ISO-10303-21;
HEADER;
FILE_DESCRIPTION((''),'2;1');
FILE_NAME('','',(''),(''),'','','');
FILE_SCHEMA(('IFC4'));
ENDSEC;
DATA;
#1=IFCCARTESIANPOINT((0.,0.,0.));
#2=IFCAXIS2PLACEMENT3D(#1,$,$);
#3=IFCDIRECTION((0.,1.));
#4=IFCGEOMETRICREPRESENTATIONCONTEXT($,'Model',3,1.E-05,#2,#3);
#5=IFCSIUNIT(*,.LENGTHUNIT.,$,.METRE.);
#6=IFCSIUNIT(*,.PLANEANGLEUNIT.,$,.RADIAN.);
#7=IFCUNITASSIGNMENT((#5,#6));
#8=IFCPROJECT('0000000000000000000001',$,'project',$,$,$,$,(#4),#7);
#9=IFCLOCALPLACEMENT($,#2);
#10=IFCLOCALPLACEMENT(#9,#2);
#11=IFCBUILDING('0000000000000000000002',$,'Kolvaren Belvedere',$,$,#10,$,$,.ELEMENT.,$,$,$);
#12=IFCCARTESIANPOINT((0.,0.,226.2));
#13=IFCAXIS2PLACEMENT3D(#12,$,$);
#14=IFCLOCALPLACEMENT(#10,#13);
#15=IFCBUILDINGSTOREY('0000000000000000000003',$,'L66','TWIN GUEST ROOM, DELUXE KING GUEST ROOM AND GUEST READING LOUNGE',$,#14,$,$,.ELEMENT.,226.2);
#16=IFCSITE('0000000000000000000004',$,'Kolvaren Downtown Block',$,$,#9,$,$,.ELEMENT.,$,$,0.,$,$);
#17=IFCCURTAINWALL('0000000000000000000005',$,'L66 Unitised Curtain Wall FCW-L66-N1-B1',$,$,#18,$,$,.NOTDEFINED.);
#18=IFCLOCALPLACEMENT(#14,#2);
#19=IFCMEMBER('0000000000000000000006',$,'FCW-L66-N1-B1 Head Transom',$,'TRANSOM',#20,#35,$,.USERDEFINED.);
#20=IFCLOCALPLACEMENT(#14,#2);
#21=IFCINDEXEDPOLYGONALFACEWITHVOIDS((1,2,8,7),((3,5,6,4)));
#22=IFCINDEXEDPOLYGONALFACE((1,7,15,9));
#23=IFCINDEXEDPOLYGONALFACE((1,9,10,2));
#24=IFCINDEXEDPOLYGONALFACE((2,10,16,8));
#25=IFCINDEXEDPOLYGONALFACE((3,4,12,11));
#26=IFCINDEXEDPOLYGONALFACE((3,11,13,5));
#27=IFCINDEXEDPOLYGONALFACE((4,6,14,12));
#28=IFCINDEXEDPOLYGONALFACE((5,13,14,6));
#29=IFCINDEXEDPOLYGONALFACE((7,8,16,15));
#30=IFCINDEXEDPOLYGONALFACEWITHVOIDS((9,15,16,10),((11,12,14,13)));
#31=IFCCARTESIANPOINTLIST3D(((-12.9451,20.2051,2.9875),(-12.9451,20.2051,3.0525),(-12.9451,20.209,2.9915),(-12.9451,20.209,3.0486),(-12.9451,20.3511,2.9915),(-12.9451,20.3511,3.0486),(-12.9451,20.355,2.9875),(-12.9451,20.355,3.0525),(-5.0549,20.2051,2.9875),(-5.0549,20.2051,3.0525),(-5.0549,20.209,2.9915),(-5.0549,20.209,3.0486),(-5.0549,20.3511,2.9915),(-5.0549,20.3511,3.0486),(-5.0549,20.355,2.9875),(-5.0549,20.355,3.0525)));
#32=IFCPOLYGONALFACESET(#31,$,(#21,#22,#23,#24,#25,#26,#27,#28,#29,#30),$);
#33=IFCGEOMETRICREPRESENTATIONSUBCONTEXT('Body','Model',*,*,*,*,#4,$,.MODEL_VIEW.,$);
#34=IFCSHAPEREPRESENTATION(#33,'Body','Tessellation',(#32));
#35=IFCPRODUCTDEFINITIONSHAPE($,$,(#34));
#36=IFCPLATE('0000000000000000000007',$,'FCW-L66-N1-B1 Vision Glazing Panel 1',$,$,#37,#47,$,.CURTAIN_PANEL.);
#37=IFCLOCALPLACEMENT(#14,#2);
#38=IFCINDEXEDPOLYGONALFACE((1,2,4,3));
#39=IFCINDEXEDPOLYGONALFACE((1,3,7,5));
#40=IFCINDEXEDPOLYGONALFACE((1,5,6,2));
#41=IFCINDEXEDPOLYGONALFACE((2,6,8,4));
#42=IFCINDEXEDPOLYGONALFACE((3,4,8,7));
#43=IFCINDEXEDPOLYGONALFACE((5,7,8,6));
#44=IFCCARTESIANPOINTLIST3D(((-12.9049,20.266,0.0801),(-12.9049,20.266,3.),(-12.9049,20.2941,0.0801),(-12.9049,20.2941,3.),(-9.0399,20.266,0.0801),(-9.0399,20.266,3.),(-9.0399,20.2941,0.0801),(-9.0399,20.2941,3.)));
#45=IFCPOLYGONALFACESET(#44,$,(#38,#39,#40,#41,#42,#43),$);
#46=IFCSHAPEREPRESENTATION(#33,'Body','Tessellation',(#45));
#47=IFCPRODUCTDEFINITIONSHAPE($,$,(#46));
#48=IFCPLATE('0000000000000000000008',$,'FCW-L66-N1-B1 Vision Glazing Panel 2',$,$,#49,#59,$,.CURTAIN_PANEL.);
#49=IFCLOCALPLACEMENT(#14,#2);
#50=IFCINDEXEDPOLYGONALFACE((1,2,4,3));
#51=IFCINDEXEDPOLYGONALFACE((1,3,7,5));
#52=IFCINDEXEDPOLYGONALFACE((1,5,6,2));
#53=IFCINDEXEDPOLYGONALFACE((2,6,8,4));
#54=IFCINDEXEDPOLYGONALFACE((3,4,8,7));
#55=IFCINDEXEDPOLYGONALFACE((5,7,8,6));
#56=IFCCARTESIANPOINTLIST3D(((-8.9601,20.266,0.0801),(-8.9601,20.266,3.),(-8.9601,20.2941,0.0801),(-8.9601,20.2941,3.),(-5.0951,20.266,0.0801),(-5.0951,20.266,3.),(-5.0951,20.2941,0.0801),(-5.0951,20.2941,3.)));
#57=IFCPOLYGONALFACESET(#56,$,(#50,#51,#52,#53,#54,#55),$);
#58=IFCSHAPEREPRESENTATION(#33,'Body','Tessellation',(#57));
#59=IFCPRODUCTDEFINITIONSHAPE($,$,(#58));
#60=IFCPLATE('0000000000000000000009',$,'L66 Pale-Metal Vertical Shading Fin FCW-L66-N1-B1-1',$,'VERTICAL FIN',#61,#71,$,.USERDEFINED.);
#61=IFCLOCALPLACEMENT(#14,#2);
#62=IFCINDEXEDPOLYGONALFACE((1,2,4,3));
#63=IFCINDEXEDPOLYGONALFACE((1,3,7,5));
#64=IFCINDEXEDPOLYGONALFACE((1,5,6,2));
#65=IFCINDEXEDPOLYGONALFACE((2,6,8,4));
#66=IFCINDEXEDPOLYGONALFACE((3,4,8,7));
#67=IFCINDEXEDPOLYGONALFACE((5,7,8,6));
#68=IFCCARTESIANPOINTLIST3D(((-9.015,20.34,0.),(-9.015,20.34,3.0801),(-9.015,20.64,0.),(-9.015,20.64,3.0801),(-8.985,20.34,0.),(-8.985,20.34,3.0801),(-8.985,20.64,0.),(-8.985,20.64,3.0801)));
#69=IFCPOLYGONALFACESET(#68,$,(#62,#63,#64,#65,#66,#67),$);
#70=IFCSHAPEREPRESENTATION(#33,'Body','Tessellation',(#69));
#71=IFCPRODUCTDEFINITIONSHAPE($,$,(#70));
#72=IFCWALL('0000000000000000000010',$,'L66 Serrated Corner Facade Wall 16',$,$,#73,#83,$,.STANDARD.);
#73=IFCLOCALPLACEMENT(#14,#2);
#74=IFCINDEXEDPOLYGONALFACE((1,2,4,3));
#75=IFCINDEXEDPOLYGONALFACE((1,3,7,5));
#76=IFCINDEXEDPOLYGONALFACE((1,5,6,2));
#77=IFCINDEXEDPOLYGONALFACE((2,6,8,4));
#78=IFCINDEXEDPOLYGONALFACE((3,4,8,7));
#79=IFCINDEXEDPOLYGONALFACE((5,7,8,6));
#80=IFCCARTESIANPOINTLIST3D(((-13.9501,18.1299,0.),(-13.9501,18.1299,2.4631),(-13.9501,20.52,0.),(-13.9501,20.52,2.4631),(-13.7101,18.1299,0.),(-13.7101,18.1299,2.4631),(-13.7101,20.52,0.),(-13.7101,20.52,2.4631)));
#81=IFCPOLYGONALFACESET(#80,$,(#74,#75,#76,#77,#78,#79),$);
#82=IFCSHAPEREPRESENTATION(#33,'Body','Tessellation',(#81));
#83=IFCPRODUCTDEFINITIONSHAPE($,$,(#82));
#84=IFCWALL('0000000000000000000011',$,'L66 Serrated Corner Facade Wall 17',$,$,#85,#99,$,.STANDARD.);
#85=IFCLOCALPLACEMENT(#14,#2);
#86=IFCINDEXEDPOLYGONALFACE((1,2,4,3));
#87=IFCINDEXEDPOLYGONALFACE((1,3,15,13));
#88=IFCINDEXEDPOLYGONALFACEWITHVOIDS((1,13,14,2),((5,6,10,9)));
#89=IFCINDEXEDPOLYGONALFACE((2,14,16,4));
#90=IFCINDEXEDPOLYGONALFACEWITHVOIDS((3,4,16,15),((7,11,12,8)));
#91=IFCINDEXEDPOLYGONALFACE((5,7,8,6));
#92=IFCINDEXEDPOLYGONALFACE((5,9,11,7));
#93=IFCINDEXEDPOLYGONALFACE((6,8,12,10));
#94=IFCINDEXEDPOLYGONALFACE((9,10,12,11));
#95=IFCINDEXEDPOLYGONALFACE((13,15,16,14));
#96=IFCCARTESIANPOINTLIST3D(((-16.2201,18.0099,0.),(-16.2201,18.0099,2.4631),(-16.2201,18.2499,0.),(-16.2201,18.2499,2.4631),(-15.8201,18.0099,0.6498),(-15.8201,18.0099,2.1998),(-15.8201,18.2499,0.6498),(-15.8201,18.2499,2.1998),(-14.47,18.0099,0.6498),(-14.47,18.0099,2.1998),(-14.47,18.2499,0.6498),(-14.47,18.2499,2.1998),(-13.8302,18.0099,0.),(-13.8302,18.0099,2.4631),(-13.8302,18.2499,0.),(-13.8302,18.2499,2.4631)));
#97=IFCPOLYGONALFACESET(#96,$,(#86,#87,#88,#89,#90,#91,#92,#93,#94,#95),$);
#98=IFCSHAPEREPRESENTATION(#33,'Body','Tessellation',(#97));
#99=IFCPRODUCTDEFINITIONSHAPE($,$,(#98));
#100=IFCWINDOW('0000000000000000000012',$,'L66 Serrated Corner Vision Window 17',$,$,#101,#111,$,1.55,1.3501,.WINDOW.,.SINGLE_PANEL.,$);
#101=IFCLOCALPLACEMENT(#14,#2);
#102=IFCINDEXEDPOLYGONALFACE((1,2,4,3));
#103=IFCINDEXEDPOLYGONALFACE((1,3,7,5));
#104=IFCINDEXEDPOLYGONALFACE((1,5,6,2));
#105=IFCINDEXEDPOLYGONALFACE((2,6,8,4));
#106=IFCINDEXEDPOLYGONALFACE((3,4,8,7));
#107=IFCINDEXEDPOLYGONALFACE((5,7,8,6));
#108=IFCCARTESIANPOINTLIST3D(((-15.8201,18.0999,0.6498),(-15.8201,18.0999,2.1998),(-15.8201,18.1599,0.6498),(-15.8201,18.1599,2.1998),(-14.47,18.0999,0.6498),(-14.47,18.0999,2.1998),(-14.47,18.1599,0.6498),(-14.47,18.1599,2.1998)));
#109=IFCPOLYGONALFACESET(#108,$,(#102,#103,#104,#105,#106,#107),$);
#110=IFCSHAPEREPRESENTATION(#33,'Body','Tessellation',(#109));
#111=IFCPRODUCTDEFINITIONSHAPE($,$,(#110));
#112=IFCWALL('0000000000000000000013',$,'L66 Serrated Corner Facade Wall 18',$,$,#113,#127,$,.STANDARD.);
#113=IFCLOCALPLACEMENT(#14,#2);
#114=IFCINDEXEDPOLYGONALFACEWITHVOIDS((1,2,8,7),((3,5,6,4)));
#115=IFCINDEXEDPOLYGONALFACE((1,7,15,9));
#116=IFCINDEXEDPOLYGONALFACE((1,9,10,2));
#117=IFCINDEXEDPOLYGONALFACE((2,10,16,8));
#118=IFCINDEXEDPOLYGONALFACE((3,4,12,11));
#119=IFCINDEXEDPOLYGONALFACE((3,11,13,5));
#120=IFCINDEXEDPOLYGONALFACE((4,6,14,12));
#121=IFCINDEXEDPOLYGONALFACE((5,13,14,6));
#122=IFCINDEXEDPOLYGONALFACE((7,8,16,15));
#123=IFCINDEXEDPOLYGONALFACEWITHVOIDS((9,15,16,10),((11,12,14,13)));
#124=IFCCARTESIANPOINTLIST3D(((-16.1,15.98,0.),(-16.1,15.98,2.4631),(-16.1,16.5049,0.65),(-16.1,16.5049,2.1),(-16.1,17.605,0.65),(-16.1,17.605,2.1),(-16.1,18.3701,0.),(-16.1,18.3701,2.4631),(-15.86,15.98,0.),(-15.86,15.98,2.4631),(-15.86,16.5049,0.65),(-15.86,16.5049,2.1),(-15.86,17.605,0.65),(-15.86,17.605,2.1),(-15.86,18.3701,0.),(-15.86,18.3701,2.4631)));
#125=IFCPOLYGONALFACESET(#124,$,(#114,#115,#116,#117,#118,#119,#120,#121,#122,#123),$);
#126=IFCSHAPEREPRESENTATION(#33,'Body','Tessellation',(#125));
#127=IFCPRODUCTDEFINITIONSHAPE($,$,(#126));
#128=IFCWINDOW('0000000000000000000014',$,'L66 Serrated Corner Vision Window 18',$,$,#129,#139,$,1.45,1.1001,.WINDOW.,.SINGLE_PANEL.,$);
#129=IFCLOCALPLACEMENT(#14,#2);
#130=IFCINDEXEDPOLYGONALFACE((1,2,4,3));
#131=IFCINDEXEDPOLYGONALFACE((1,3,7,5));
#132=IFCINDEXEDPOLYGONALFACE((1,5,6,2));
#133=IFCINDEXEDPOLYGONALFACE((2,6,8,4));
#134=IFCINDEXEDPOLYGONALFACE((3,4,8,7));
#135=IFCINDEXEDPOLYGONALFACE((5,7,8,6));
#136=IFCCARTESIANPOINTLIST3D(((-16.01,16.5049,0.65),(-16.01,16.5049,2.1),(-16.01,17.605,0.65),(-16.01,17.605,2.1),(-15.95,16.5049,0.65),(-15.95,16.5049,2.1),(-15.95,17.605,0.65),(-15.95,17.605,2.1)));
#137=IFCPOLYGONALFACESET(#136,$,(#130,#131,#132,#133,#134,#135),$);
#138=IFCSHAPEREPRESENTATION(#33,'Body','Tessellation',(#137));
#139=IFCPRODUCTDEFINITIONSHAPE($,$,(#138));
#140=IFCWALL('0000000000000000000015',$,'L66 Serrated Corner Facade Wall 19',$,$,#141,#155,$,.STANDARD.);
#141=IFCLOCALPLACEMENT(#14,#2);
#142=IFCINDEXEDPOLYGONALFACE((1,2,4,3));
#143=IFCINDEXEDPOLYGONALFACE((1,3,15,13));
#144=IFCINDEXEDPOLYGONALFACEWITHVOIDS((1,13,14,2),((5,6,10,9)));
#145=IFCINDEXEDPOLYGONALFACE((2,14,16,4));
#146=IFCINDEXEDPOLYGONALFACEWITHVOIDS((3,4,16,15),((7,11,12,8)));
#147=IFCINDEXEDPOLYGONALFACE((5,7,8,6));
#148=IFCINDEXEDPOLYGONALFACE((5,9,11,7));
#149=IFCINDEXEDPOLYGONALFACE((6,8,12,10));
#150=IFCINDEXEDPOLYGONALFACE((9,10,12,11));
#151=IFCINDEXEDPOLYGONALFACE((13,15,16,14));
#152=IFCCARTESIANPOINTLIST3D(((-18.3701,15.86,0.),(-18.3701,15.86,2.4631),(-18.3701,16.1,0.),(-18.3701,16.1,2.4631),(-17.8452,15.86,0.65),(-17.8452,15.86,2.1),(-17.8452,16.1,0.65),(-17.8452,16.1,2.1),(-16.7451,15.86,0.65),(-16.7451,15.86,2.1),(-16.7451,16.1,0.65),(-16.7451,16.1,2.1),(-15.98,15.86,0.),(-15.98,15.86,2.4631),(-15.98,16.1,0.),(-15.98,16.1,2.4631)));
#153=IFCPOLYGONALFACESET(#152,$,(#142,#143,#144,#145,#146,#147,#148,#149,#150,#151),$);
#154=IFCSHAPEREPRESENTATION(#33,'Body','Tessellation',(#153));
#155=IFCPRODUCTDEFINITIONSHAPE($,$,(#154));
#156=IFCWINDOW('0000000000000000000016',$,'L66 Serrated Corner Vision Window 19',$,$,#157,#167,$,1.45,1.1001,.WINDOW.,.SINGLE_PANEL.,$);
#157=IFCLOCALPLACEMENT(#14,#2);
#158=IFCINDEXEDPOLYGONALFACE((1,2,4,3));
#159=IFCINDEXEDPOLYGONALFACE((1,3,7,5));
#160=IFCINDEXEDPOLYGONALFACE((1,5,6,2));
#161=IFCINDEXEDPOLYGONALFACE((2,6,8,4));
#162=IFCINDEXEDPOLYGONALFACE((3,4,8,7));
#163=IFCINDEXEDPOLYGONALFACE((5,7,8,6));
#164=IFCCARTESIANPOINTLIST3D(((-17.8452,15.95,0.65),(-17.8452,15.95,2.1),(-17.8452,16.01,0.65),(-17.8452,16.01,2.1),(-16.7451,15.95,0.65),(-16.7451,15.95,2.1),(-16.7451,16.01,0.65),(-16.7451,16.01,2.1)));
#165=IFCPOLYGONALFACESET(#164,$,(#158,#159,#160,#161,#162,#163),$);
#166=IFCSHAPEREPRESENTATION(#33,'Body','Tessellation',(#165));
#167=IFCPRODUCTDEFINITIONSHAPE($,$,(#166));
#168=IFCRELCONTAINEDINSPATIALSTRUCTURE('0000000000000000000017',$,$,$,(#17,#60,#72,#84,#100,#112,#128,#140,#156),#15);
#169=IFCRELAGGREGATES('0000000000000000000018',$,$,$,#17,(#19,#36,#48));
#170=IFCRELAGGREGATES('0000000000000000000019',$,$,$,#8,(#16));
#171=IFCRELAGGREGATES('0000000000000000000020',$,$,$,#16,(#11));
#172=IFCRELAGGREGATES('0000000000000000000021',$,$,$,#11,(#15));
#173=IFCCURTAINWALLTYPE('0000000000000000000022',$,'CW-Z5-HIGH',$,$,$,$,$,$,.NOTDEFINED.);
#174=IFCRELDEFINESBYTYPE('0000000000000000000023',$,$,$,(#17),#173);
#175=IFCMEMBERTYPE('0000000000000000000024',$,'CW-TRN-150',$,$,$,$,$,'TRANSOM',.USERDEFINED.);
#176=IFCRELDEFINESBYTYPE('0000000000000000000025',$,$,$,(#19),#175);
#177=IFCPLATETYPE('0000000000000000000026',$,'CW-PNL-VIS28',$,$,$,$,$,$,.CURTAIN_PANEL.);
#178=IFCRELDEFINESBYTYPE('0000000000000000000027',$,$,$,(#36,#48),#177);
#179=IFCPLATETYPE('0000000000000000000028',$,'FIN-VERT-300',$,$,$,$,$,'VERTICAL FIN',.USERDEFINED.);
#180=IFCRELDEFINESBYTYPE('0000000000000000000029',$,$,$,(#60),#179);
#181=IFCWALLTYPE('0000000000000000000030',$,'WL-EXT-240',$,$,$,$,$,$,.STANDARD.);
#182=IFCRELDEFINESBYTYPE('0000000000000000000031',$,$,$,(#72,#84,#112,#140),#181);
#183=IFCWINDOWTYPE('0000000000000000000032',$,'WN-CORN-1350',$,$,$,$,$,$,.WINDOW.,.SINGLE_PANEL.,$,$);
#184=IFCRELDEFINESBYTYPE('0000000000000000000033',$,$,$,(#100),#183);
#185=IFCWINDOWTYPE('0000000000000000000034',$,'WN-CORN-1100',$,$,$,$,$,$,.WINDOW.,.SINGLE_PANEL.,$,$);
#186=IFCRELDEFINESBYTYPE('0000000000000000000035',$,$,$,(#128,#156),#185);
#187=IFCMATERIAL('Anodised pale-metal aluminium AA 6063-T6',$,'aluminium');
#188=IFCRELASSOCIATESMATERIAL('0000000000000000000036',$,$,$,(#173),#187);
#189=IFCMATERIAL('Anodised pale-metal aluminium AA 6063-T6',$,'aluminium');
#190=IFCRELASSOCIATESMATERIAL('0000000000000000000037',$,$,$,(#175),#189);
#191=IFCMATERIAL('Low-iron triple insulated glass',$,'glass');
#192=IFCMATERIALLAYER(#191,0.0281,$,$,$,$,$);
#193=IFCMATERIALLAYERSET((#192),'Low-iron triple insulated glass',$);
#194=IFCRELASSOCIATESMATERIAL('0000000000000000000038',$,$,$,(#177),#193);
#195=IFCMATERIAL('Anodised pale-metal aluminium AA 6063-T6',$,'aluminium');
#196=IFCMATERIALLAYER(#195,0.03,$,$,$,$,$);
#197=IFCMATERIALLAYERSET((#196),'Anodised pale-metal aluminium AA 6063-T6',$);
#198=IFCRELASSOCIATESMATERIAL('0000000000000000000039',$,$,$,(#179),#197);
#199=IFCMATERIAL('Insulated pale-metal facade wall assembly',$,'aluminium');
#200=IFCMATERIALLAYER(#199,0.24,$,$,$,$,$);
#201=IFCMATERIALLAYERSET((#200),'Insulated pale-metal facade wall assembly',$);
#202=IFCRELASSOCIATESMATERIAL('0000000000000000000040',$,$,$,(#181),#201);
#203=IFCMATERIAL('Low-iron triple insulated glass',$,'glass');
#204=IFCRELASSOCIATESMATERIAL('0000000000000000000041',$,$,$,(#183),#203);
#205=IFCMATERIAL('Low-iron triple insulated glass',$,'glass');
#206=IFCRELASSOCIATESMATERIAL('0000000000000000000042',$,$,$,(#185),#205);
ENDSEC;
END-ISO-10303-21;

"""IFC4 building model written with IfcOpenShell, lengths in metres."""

from ifc_helpers import new_model, si_unit, direction, frame, frame_2d, origin, origin_2d, place, context, subcontext, project, spatial, rectangle, hollow_rectangle, extrude, material, layer, layer_set, material_profile, profile_set, type_object, element, fill, aggregate, save


model = new_model("IFC4")

# Units and contexts
model_context = context("Model", 3, precision=1e-05, world=origin(), true_north=direction((0.0, 1.0)))
body_context = subcontext(model_context, "Body", "Model", "MODEL_VIEW")
ifc_project = project(units=[si_unit("LENGTHUNIT", "METRE"), si_unit("PLANEANGLEUNIT", "RADIAN")], contexts=[model_context])

# Site, building, storey
site_placement = place(None, origin())
site = spatial("IfcSite", under=ifc_project, at=site_placement, Name="Kolvaren Downtown Block", CompositionType="ELEMENT", RefElevation=0.0)
building_placement = place(site_placement, origin())
building = spatial("IfcBuilding", under=site, at=building_placement, Name="Kolvaren Belvedere", CompositionType="ELEMENT")
storey_placement = place(building_placement, frame((0.0, 0.0, 226.2)))
storey = spatial("IfcBuildingStorey", under=building, at=storey_placement, Name="L66", Description="TWIN GUEST ROOM, DELUXE KING GUEST ROOM AND GUEST READING LOUNGE", CompositionType="ELEMENT", Elevation=226.2)

# Curtain wall
ifc_material_1 = material(Name="Anodised pale-metal aluminium AA 6063-T6", Category="aluminium")
curtain_wall_type = type_object("IfcCurtainWallType", Name="CW-Z5-HIGH", PredefinedType="NOTDEFINED", material=ifc_material_1)
curtain_wall_1_placement = place(storey_placement, origin())
curtain_wall_1 = element("IfcCurtainWall", 1, at=curtain_wall_1_placement, inside=storey, type_object=curtain_wall_type, Name="L66 Unitised Curtain Wall FCW-L66-N1-B1", PredefinedType="NOTDEFINED")

# Member
ifc_material_2 = material(Name="Anodised pale-metal aluminium AA 6063-T6", Category="aluminium")
ifc_material_profile_1 = material_profile(ifc_material_2, hollow_rectangle(XDim=0.0649, YDim=0.1499, WallThickness=0.0039, at=origin_2d()), Name="ALU-TRN-150X65")
ifc_profile_set_1 = profile_set([ifc_material_profile_1], Name="Anodised pale-metal aluminium AA 6063-T6")
member_type_1 = type_object("IfcMemberType", Name="CW-TRN-150", ElementType="TRANSOM", PredefinedType="USERDEFINED", material=ifc_profile_set_1)
member_1_placement = place(storey_placement, frame((-12.9451, 20.28, 3.02), z_axis=(1.0, 0.0, 0.0), x_axis=(0.0, 0.0, 1.0)))
member_1 = element("IfcMember", 2, at=member_1_placement, type_object=member_type_1, Name="FCW-L66-N1-B1 Head Transom", ObjectType="TRANSOM", PredefinedType="USERDEFINED", context=body_context, shape_type="SweptSolid", body=[
    extrude(hollow_rectangle(XDim=0.0649, YDim=0.1499, WallThickness=0.0039, at=origin_2d()), origin(), (0.0, 0.0, 1.0), 7.8901),
])

# Plates
ifc_material_3 = material(Name="Low-iron triple insulated glass", Category="glass")
ifc_layer_1 = layer(ifc_material_3, 0.0281)
ifc_layer_set_1 = layer_set([ifc_layer_1], Name="Low-iron triple insulated glass")
plate_type_1 = type_object("IfcPlateType", Name="CW-PNL-VIS28", PredefinedType="CURTAIN_PANEL", material=ifc_layer_set_1)
plate_1_placement = place(storey_placement, frame((-10.9724, 20.28, 0.0801), z_axis=(0.0, 0.0, 1.0), x_axis=(1.0, 0.0, 0.0)))
plate_1 = element("IfcPlate", 3, at=plate_1_placement, type_object=plate_type_1, Name="FCW-L66-N1-B1 Vision Glazing Panel 1", PredefinedType="CURTAIN_PANEL", context=body_context, shape_type="SweptSolid", body=[
    extrude(rectangle(XDim=3.865, YDim=0.0281, at=origin_2d()), origin(), (0.0, 0.0, 1.0), 2.9199),
])
plate_2_placement = place(storey_placement, frame((-7.0276, 20.28, 0.0801), z_axis=(0.0, 0.0, 1.0), x_axis=(1.0, 0.0, 0.0)))
plate_2 = element("IfcPlate", 4, at=plate_2_placement, type_object=plate_type_1, Name="FCW-L66-N1-B1 Vision Glazing Panel 2", PredefinedType="CURTAIN_PANEL", context=body_context, shape_type="SweptSolid", body=[
    extrude(rectangle(XDim=3.865, YDim=0.0281, at=origin_2d()), origin(), (0.0, 0.0, 1.0), 2.9199),
])
aggregate(curtain_wall_1, [member_1, plate_1, plate_2])
ifc_material_4 = material(Name="Anodised pale-metal aluminium AA 6063-T6", Category="aluminium")
ifc_layer_2 = layer(ifc_material_4, 0.03)
ifc_layer_set_2 = layer_set([ifc_layer_2], Name="Anodised pale-metal aluminium AA 6063-T6")
plate_type_2 = type_object("IfcPlateType", Name="FIN-VERT-300", ElementType="VERTICAL FIN", PredefinedType="USERDEFINED", material=ifc_layer_set_2)
plate_3_placement = place(storey_placement, frame((-9.0, 20.49, 0.0), z_axis=(0.0, 0.0, 1.0), x_axis=(0.0, 1.0, 0.0)))
element("IfcPlate", 5, at=plate_3_placement, inside=storey, type_object=plate_type_2, Name="L66 Pale-Metal Vertical Shading Fin FCW-L66-N1-B1-1", ObjectType="VERTICAL FIN", PredefinedType="USERDEFINED", context=body_context, shape_type="SweptSolid", body=[
    extrude(rectangle(XDim=0.3, YDim=0.03, at=origin_2d()), origin(), (0.0, 0.0, 1.0), 3.0801),
])

# Wall
ifc_material_5 = material(Name="Insulated pale-metal facade wall assembly", Category="aluminium")
ifc_layer_3 = layer(ifc_material_5, 0.24)
ifc_layer_set_3 = layer_set([ifc_layer_3], Name="Insulated pale-metal facade wall assembly")
wall_type_1 = type_object("IfcWallType", Name="WL-EXT-240", PredefinedType="STANDARD", material=ifc_layer_set_3)
wall_1_placement = place(storey_placement, frame((-13.8301, 18.1299, 0.0), z_axis=(0.0, 0.0, 1.0), x_axis=(0.0, 1.0, 0.0)))
element("IfcWall", 6, at=wall_1_placement, inside=storey, type_object=wall_type_1, Name="L66 Serrated Corner Facade Wall 16", PredefinedType="STANDARD", context=body_context, shape_type="SweptSolid", body=[
    extrude(rectangle(XDim=2.3901, YDim=0.24, at=frame_2d((1.1951, 0.0))), origin(), (0.0, 0.0, 1.0), 2.4631),
])

# Walls, openings, windows
wall_2_placement = place(storey_placement, frame((-16.22, 18.1299, 0.0), z_axis=(0.0, 0.0, 1.0), x_axis=(1.0, 0.0, 0.0)))
wall_2 = element("IfcWall", 7, at=wall_2_placement, inside=storey, type_object=wall_type_1, Name="L66 Serrated Corner Facade Wall 17", PredefinedType="STANDARD", context=body_context, shape_type="SweptSolid", body=[
    extrude(rectangle(XDim=2.3899, YDim=0.24, at=frame_2d((1.1948, 0.0))), origin(), (0.0, 0.0, 1.0), 2.4631),
])
opening_1_placement = place(wall_2_placement, frame((0.3999, 0.0, 0.6499)))
opening_1 = element("IfcOpeningElement", 8, at=opening_1_placement, cuts=wall_2, PredefinedType="OPENING", context=body_context, shape_type="SweptSolid", body=[
    extrude(rectangle(XDim=1.3501, YDim=1.55, at=frame_2d((0.675, 0.7749))), frame((0.0, 0.1299, 0.0), z_axis=(0.0, -1.0, 0.0), x_axis=(1.0, 0.0, 0.0)), (0.0, 0.0, 1.0), 0.26),
])
ifc_material_6 = material(Name="Low-iron triple insulated glass", Category="glass")
window_type_1 = type_object("IfcWindowType", Name="WN-CORN-1350", PartitioningType="SINGLE_PANEL", PredefinedType="WINDOW", material=ifc_material_6)
window_1_placement = place(opening_1_placement, origin())
window_1 = element("IfcWindow", 9, at=window_1_placement, inside=storey, type_object=window_type_1, Name="L66 Serrated Corner Vision Window 17", OverallHeight=1.55, OverallWidth=1.3501, PartitioningType="SINGLE_PANEL", PredefinedType="WINDOW", context=body_context, shape_type="SweptSolid", body=[
    extrude(rectangle(XDim=1.3501, YDim=1.55, at=frame_2d((0.675, 0.7749))), frame((0.0, 0.03, 0.0), z_axis=(0.0, -1.0, 0.0), x_axis=(1.0, 0.0, 0.0)), (0.0, 0.0, 1.0), 0.0601),
])
fill(opening_1, window_1)
wall_3_placement = place(storey_placement, frame((-15.98, 15.98, 0.0), z_axis=(0.0, 0.0, 1.0), x_axis=(0.0, 1.0, 0.0)))
wall_3 = element("IfcWall", 10, at=wall_3_placement, inside=storey, type_object=wall_type_1, Name="L66 Serrated Corner Facade Wall 18", PredefinedType="STANDARD", context=body_context, shape_type="SweptSolid", body=[
    extrude(rectangle(XDim=2.3901, YDim=0.24, at=frame_2d((1.1951, 0.0))), origin(), (0.0, 0.0, 1.0), 2.4631),
])
opening_2_placement = place(wall_3_placement, frame((0.5249, 0.0, 0.6499)))
opening_2 = element("IfcOpeningElement", 11, at=opening_2_placement, cuts=wall_3, PredefinedType="OPENING", context=body_context, shape_type="SweptSolid", body=[
    extrude(rectangle(XDim=1.1001, YDim=1.45, at=frame_2d((0.55, 0.7251))), frame((0.0, 0.1299, 0.0), z_axis=(0.0, -1.0, 0.0), x_axis=(1.0, 0.0, 0.0)), (0.0, 0.0, 1.0), 0.26),
])
ifc_material_7 = material(Name="Low-iron triple insulated glass", Category="glass")
window_type_2 = type_object("IfcWindowType", Name="WN-CORN-1100", PartitioningType="SINGLE_PANEL", PredefinedType="WINDOW", material=ifc_material_7)
window_2_placement = place(opening_2_placement, origin())
window_2 = element("IfcWindow", 12, at=window_2_placement, inside=storey, type_object=window_type_2, Name="L66 Serrated Corner Vision Window 18", OverallHeight=1.45, OverallWidth=1.1001, PartitioningType="SINGLE_PANEL", PredefinedType="WINDOW", context=body_context, shape_type="SweptSolid", body=[
    extrude(rectangle(XDim=1.1001, YDim=1.45, at=frame_2d((0.55, 0.7251))), frame((0.0, 0.03, 0.0), z_axis=(0.0, -1.0, 0.0), x_axis=(1.0, 0.0, 0.0)), (0.0, 0.0, 1.0), 0.0601),
])
fill(opening_2, window_2)
wall_4_placement = place(storey_placement, frame((-18.3701, 15.98, 0.0), z_axis=(0.0, 0.0, 1.0), x_axis=(1.0, 0.0, 0.0)))
wall_4 = element("IfcWall", 13, at=wall_4_placement, inside=storey, type_object=wall_type_1, Name="L66 Serrated Corner Facade Wall 19", PredefinedType="STANDARD", context=body_context, shape_type="SweptSolid", body=[
    extrude(rectangle(XDim=2.3901, YDim=0.24, at=frame_2d((1.1951, 0.0))), origin(), (0.0, 0.0, 1.0), 2.4631),
])
opening_3_placement = place(wall_4_placement, frame((0.5249, 0.0, 0.6499)))
opening_3 = element("IfcOpeningElement", 14, at=opening_3_placement, cuts=wall_4, PredefinedType="OPENING", context=body_context, shape_type="SweptSolid", body=[
    extrude(rectangle(XDim=1.1001, YDim=1.45, at=frame_2d((0.55, 0.7251))), frame((0.0, 0.1299, 0.0), z_axis=(0.0, -1.0, 0.0), x_axis=(1.0, 0.0, 0.0)), (0.0, 0.0, 1.0), 0.26),
])
window_3_placement = place(opening_3_placement, origin())
window_3 = element("IfcWindow", 15, at=window_3_placement, inside=storey, type_object=window_type_2, Name="L66 Serrated Corner Vision Window 19", OverallHeight=1.45, OverallWidth=1.1001, PartitioningType="SINGLE_PANEL", PredefinedType="WINDOW", context=body_context, shape_type="SweptSolid", body=[
    extrude(rectangle(XDim=1.1001, YDim=1.45, at=frame_2d((0.55, 0.7251))), frame((0.0, 0.03, 0.0), z_axis=(0.0, -1.0, 0.0), x_axis=(1.0, 0.0, 0.0)), (0.0, 0.0, 1.0), 0.0601),
])
fill(opening_3, window_3)

save(model, "model.ifc")
